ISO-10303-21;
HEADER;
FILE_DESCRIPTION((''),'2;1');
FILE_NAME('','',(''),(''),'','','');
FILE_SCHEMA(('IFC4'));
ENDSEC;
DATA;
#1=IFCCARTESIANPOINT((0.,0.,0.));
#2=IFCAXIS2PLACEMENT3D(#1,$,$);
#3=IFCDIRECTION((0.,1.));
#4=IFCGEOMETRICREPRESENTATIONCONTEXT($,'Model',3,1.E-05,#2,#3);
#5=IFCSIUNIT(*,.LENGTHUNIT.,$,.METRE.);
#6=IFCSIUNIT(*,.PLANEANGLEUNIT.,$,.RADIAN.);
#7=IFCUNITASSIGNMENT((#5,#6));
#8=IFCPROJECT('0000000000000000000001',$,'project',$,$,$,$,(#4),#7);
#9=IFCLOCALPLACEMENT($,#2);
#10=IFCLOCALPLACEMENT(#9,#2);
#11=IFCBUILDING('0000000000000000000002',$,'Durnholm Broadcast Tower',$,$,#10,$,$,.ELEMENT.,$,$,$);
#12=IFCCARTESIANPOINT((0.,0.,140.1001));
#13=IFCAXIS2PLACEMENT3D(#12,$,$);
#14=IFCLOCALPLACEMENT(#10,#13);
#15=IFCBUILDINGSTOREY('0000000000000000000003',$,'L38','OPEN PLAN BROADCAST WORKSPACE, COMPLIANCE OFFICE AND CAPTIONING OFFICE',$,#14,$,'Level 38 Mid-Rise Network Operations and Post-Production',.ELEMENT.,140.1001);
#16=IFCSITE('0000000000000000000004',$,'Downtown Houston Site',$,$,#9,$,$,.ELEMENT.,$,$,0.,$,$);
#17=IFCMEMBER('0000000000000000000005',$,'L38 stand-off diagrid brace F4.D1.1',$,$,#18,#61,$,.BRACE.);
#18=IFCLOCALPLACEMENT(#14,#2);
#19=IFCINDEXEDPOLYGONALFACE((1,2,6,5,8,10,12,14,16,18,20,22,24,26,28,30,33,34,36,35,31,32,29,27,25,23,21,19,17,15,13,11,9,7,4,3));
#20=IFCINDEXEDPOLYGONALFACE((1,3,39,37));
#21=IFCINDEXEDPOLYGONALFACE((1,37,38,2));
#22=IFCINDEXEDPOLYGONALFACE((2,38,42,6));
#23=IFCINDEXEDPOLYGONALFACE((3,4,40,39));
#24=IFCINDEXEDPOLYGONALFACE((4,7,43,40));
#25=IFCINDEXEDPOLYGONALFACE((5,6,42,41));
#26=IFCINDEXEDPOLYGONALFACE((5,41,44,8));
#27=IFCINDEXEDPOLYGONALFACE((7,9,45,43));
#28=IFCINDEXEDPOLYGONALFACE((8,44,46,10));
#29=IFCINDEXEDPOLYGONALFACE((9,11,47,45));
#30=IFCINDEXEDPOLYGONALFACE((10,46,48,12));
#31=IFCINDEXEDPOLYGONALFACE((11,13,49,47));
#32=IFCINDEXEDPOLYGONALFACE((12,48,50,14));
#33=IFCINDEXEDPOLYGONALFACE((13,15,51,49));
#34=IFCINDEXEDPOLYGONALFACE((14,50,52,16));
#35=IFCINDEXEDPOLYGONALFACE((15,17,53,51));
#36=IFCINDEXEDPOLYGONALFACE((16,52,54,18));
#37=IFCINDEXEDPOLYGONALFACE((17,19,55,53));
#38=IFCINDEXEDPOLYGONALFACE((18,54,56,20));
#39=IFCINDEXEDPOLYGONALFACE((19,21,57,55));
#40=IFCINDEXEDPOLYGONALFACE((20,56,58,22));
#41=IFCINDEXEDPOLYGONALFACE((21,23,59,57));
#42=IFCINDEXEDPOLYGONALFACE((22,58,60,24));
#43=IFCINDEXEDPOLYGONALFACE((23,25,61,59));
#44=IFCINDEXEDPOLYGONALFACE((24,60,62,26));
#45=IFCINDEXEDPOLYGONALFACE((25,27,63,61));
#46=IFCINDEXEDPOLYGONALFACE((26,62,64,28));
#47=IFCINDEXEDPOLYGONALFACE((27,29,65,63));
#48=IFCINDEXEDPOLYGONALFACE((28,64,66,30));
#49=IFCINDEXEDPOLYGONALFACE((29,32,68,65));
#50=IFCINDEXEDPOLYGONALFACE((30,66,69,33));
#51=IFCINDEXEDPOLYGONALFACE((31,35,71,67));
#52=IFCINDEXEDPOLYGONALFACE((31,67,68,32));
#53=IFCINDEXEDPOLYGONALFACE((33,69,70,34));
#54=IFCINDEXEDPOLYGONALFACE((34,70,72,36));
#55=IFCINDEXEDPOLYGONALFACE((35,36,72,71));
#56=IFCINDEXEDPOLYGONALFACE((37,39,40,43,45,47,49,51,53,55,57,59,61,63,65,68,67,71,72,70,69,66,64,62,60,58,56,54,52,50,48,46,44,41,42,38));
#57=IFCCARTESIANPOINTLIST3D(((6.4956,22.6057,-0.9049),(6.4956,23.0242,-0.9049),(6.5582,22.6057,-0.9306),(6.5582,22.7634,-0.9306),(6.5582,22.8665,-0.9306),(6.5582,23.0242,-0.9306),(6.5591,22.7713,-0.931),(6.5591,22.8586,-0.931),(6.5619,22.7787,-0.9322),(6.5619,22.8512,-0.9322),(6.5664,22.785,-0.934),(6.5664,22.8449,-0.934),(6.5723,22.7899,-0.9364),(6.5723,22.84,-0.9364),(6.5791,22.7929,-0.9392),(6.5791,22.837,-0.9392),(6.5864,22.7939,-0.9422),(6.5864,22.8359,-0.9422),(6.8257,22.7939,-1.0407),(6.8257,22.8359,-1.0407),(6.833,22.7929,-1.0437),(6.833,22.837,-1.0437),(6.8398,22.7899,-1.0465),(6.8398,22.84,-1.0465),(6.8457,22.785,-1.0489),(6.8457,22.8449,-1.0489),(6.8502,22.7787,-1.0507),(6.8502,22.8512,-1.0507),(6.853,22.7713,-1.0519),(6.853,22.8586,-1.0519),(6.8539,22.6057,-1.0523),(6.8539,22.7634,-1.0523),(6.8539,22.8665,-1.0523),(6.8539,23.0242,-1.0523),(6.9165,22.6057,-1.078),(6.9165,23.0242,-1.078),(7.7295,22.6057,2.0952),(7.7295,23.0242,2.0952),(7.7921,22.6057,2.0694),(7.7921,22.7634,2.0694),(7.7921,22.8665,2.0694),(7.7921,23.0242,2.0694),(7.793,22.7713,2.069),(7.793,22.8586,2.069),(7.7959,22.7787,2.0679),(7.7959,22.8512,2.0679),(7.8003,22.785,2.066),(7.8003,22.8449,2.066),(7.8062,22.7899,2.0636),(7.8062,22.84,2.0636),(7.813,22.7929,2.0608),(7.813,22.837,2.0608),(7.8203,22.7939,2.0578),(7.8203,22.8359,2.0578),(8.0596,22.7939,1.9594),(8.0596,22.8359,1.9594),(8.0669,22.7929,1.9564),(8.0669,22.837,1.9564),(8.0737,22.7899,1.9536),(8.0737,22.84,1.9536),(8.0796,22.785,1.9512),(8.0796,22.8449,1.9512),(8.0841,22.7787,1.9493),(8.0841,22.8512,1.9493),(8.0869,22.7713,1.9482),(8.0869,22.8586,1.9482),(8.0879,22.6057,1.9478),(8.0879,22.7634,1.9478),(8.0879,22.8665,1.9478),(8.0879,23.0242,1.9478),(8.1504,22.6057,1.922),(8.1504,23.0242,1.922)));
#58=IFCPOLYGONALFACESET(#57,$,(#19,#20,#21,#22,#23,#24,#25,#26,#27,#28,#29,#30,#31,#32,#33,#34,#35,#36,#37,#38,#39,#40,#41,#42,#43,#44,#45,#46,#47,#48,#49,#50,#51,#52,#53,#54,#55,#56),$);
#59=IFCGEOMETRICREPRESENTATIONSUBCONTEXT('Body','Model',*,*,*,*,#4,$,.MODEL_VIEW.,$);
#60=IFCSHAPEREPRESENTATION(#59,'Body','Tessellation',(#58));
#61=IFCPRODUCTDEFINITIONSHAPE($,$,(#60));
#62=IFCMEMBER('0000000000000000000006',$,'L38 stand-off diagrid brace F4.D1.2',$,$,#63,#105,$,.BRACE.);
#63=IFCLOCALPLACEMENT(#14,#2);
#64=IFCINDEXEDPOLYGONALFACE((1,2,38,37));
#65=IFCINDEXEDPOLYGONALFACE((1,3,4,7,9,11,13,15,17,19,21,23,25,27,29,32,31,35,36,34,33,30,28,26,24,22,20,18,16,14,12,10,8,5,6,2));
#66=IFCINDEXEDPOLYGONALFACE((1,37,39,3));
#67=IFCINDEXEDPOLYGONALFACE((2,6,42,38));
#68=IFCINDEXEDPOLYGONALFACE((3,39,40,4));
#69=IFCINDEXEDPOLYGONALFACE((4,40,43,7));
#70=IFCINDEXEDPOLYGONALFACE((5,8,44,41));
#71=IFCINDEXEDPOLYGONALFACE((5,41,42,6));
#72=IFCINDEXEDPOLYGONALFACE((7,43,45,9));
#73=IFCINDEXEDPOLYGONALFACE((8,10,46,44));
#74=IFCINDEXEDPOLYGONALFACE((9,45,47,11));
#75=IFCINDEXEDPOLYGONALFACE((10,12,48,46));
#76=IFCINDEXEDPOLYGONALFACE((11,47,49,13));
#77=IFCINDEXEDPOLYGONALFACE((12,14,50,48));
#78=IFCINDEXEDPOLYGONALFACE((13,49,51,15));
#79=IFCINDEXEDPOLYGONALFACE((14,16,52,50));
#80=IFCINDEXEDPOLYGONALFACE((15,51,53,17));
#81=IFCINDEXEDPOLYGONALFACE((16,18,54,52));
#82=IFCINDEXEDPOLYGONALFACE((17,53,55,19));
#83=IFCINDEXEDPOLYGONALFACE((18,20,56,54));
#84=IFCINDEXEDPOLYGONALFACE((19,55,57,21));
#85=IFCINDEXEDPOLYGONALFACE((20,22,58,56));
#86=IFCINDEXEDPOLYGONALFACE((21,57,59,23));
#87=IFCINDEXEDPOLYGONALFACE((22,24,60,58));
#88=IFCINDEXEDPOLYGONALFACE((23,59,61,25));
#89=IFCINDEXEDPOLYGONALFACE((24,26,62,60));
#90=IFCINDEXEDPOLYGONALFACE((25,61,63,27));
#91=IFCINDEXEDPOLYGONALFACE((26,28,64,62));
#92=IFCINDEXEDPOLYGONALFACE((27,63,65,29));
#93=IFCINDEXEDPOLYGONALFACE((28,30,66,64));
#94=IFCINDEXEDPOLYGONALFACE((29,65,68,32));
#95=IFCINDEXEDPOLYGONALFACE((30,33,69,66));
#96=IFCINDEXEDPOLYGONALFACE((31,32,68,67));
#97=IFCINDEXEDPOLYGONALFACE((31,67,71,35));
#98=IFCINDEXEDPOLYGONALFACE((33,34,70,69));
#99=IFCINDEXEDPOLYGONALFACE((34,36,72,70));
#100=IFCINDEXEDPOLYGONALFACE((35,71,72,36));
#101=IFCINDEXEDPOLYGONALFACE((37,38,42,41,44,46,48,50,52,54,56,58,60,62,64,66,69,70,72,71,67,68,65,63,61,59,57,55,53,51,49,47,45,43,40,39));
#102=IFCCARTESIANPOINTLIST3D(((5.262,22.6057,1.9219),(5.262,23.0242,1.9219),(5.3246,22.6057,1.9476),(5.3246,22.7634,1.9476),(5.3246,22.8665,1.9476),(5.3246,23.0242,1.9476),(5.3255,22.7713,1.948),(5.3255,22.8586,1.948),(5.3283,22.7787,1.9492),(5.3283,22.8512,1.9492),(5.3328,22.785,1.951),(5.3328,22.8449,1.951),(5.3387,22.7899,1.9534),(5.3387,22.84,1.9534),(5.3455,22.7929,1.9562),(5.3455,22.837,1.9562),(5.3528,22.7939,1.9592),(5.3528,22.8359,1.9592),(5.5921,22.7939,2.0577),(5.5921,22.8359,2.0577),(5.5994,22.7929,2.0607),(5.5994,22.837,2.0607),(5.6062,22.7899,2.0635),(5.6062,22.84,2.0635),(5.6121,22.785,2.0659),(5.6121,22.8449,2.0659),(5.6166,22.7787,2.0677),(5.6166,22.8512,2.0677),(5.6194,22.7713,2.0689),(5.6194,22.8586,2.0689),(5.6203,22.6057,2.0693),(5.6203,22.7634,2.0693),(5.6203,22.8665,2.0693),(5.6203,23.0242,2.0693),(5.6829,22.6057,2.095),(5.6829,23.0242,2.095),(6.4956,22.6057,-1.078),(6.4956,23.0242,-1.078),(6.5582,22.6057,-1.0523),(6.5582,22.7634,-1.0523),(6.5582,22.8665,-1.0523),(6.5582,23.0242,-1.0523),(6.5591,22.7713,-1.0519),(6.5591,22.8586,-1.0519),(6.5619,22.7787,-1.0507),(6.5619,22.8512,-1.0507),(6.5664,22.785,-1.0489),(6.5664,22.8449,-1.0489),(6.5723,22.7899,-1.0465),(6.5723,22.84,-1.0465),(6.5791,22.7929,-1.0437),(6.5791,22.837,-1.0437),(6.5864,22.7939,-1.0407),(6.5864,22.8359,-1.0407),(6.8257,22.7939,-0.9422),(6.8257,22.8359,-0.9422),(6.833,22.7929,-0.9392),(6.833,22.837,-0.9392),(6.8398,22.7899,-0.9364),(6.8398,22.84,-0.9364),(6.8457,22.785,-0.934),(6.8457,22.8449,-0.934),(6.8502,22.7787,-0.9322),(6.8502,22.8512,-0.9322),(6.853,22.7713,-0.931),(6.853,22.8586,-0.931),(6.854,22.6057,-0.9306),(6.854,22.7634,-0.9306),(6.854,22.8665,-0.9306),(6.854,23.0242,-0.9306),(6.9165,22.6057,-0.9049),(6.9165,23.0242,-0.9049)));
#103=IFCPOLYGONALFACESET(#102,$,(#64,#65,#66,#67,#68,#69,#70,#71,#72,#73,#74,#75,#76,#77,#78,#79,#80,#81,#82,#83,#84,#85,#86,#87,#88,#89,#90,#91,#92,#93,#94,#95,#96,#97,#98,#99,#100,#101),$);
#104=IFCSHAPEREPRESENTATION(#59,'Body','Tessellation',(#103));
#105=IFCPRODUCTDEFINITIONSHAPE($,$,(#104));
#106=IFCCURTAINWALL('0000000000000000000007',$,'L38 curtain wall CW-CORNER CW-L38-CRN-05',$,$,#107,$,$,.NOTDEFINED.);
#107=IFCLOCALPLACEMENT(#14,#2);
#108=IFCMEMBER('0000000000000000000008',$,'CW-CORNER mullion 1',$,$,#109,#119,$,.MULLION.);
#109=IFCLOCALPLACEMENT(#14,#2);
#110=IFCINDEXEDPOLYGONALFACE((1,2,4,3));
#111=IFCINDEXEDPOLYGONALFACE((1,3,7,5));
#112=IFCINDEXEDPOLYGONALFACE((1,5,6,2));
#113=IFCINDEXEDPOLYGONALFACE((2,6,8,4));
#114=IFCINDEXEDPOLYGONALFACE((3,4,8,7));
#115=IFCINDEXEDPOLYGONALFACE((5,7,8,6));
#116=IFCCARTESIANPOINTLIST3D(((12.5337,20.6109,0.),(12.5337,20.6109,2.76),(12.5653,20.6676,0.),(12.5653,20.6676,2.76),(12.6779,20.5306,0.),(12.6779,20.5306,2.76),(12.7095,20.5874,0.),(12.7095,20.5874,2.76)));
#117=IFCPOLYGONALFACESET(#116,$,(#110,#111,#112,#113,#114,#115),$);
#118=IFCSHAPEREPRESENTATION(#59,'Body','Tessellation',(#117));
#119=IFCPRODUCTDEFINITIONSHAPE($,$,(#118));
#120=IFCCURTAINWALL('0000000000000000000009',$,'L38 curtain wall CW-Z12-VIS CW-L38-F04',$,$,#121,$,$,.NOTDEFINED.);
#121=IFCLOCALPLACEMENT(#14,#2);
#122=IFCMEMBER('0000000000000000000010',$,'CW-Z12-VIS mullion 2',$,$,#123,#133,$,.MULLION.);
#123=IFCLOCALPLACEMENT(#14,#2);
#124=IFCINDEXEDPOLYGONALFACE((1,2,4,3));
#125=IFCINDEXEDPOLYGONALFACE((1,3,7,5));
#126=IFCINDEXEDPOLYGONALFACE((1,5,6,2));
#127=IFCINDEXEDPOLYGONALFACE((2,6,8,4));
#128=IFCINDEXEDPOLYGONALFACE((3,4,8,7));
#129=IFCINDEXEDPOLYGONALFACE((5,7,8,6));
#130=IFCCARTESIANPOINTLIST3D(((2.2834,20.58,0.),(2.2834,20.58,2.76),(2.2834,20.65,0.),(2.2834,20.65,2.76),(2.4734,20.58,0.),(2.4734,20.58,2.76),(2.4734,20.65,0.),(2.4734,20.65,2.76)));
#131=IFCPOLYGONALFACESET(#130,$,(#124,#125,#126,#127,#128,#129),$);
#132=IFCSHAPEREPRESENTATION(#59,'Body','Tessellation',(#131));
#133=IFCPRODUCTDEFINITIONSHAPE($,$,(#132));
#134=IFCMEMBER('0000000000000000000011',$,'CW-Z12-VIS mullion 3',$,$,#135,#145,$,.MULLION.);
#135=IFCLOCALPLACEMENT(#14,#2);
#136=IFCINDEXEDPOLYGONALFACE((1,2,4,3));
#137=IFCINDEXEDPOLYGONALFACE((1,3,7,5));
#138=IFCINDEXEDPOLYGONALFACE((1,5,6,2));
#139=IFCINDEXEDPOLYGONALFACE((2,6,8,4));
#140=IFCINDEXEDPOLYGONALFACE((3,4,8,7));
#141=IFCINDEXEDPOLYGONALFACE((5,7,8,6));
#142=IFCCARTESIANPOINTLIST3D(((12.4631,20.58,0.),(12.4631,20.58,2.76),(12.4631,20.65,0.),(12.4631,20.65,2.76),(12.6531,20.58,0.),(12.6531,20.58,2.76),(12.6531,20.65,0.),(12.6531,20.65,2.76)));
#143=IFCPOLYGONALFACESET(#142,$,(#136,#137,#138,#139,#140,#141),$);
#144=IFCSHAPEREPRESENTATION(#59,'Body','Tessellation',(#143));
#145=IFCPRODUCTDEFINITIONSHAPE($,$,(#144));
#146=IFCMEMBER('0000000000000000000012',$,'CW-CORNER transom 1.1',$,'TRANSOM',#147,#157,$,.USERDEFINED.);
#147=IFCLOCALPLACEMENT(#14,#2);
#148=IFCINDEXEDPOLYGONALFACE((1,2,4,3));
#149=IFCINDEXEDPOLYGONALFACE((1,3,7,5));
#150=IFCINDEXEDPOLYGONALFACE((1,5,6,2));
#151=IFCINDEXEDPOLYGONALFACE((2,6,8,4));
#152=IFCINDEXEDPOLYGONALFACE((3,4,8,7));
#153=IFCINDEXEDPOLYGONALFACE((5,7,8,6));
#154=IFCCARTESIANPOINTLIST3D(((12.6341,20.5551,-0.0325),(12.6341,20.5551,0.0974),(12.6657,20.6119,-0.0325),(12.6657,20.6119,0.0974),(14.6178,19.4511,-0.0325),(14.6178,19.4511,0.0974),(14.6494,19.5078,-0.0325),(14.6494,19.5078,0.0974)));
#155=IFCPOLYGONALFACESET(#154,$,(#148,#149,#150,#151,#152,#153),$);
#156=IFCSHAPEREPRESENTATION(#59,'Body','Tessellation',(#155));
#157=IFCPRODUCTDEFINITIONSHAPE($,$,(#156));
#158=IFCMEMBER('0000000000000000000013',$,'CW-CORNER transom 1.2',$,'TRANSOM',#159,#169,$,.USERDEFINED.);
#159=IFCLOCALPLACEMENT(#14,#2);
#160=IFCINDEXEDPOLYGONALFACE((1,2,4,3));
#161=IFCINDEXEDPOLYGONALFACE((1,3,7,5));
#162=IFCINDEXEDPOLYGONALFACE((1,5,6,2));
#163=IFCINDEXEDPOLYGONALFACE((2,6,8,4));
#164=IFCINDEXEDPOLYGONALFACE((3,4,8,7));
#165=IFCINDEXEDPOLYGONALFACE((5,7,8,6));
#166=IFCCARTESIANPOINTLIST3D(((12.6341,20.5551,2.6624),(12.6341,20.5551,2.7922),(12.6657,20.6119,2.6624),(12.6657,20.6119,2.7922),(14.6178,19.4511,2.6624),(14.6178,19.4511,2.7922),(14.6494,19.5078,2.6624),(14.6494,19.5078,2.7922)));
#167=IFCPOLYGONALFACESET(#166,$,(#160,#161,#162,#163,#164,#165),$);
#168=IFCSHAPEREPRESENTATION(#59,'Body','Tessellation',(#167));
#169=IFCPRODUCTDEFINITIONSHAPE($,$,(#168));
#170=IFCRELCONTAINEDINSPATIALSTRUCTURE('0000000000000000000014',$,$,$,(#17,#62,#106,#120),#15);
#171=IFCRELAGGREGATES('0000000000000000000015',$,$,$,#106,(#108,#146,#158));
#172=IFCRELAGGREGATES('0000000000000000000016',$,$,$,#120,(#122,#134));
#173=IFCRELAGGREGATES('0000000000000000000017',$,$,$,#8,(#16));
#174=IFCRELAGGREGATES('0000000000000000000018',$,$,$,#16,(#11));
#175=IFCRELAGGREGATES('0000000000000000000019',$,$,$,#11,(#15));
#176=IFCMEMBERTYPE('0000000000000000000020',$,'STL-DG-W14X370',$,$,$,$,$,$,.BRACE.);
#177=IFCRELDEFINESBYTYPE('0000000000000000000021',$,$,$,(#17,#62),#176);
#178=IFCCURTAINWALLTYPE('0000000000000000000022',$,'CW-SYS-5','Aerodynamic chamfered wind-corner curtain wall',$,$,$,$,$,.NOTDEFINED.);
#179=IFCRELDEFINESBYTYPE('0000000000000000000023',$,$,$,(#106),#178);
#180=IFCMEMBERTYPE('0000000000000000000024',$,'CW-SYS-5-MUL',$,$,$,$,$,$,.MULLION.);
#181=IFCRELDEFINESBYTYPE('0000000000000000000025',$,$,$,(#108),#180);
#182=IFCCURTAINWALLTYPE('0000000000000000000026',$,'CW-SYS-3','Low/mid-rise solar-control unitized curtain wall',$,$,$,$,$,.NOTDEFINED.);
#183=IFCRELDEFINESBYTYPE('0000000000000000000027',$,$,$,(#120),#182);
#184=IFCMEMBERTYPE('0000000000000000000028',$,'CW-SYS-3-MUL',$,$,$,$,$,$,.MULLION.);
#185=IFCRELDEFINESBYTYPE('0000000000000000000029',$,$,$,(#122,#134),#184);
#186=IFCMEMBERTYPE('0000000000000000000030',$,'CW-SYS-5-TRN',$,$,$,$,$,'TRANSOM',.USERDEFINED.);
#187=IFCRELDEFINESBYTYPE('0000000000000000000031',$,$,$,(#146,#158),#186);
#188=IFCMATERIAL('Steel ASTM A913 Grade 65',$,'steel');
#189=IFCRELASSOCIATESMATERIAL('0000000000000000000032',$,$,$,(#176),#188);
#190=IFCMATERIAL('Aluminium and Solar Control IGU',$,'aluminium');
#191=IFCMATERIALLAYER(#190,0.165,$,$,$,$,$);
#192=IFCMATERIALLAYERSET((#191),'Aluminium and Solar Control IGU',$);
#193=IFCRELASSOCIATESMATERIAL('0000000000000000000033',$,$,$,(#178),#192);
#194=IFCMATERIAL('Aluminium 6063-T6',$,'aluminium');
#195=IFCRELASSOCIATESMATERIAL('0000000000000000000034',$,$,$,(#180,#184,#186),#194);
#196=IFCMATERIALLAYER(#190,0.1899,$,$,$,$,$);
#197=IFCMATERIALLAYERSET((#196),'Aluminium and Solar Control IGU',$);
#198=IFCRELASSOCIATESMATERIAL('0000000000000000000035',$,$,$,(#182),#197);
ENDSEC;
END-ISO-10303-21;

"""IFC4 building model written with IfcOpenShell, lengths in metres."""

from ifc_helpers import new_model, si_unit, direction, frame, origin, origin_2d, place, context, subcontext, project, spatial, rectangle, i_section, extrude, source, transform, mapped, material, layer, layer_set, material_profile, profile_set, type_object, type_shapes, element, aggregate, save


model = new_model("IFC4")

# Units and contexts
model_context = context("Model", 3, precision=1e-05, world=origin(), true_north=direction((0.0, 1.0)))
body_context = subcontext(model_context, "Body", "Model", "MODEL_VIEW")
ifc_project = project(units=[si_unit("LENGTHUNIT", "METRE"), si_unit("PLANEANGLEUNIT", "RADIAN")], contexts=[model_context])

# Site, building, storey
site_placement = place(None, origin())
site = spatial("IfcSite", under=ifc_project, at=site_placement, Name="Downtown Houston Site", CompositionType="ELEMENT", RefElevation=0.0)
building_placement = place(site_placement, origin())
building = spatial("IfcBuilding", under=site, at=building_placement, Name="Durnholm Broadcast Tower", CompositionType="ELEMENT")
storey_placement = place(building_placement, frame((0.0, 0.0, 140.1001)))
storey = spatial("IfcBuildingStorey", under=building, at=storey_placement, Name="L38", Description="OPEN PLAN BROADCAST WORKSPACE, COMPLIANCE OFFICE AND CAPTIONING OFFICE", LongName="Level 38 Mid-Rise Network Operations and Post-Production", CompositionType="ELEMENT", Elevation=140.1001)

# Members
ifc_material_1 = material(Name="Steel ASTM A913 Grade 65", Category="steel")
ifc_material_profile_1 = material_profile(ifc_material_1, i_section(OverallWidth=0.4185, OverallDepth=0.4551, WebThickness=0.042, FlangeThickness=0.0676, FilletRadius=0.0305, at=origin_2d()), Name="W14X370")
ifc_profile_set_1 = profile_set([ifc_material_profile_1], Name="Steel ASTM A913 Grade 65")
member_type_1 = type_object("IfcMemberType", Name="STL-DG-W14X370", PredefinedType="BRACE", material=ifc_profile_set_1)
shared_shape_1 = source(origin(), body_context, "Body", "SweptSolid", [
    extrude(i_section(OverallWidth=0.4185, OverallDepth=0.4551, WebThickness=0.042, FlangeThickness=0.0676, FilletRadius=0.0305, at=origin_2d()), origin(), (0.0, 0.0, 1.0), 3.2439),
])
member_1_placement = place(storey_placement, frame((6.7061, 22.8149, -0.9915), z_axis=(0.380379, 0.0, 0.924831), x_axis=(0.0, 1.0, 0.0)))
element("IfcMember", 1, at=member_1_placement, inside=storey, type_object=member_type_1, Name="L38 stand-off diagrid brace F4.D1.1", PredefinedType="BRACE", context=body_context, shape_type="MappedRepresentation", body=[
    mapped(shared_shape_1, transform((0.0, 0.0, 0.0), x_axis=(1.0, 0.0, 0.0), y_axis=(0.0, 1.0, 0.0), z_axis=(0.0, 0.0, 1.0), scale=1.0)),
])
shared_shape_2 = source(origin(), body_context, "Body", "SweptSolid", [
    extrude(i_section(OverallWidth=0.4185, OverallDepth=0.4551, WebThickness=0.042, FlangeThickness=0.0676, FilletRadius=0.0305, at=origin_2d()), origin(), (0.0, 0.0, 1.0), 3.2437),
])
type_shapes(member_type_1, [shared_shape_1, shared_shape_2])
member_2_placement = place(storey_placement, frame((6.7061, 22.8149, -0.9915), z_axis=(-0.380314, 0.0, 0.924857), x_axis=(0.0, -1.0, 0.0)))
element("IfcMember", 2, at=member_2_placement, inside=storey, type_object=member_type_1, Name="L38 stand-off diagrid brace F4.D1.2", PredefinedType="BRACE", context=body_context, shape_type="MappedRepresentation", body=[
    mapped(shared_shape_2, transform((0.0, 0.0, 0.0), x_axis=(1.0, 0.0, 0.0), y_axis=(0.0, 1.0, 0.0), z_axis=(0.0, 0.0, 1.0), scale=1.0)),
])

# Curtain wall, member
ifc_material_2 = material(Name="Aluminium and Solar Control IGU", Category="aluminium")
ifc_layer_1 = layer(ifc_material_2, 0.165)
ifc_layer_set_1 = layer_set([ifc_layer_1], Name="Aluminium and Solar Control IGU")
curtain_wall_type_1 = type_object("IfcCurtainWallType", Name="CW-SYS-5", Description="Aerodynamic chamfered wind-corner curtain wall", PredefinedType="NOTDEFINED", material=ifc_layer_set_1)
curtain_wall_1_placement = place(storey_placement, origin())
curtain_wall_1 = element("IfcCurtainWall", 3, at=curtain_wall_1_placement, inside=storey, type_object=curtain_wall_type_1, Name="L38 curtain wall CW-CORNER CW-L38-CRN-05", PredefinedType="NOTDEFINED")
ifc_material_3 = material(Name="Aluminium 6063-T6", Category="aluminium")
ifc_material_profile_2 = material_profile(ifc_material_3, rectangle(XDim=0.0649, YDim=0.165, at=origin_2d()), Name="CWM65X165")
ifc_profile_set_2 = profile_set([ifc_material_profile_2], Name="Aluminium 6063-T6")
member_type_2 = type_object("IfcMemberType", Name="CW-SYS-5-MUL", PredefinedType="MULLION", material=ifc_profile_set_2)
shared_shape_3 = source(origin(), body_context, "Body", "SweptSolid", [
    extrude(rectangle(XDim=0.0649, YDim=0.165, at=origin_2d()), origin(), (0.0, 0.0, 1.0), 2.76),
])
type_shapes(member_type_2, [shared_shape_3])
member_3_placement = place(storey_placement, frame((12.6216, 20.5991, 0.0), z_axis=(0.0, 0.0, 1.0), x_axis=(0.486244, 0.873823, 0.0)))
member_3 = element("IfcMember", 4, at=member_3_placement, type_object=member_type_2, Name="CW-CORNER mullion 1", PredefinedType="MULLION", context=body_context, shape_type="MappedRepresentation", body=[
    mapped(shared_shape_3, transform((0.0, 0.0, 0.0), x_axis=(1.0, 0.0, 0.0), y_axis=(0.0, 1.0, 0.0), z_axis=(0.0, 0.0, 1.0), scale=1.0)),
])

# Curtain wall, members
ifc_layer_2 = layer(ifc_material_2, 0.1899)
ifc_layer_set_2 = layer_set([ifc_layer_2], Name="Aluminium and Solar Control IGU")
curtain_wall_type_2 = type_object("IfcCurtainWallType", Name="CW-SYS-3", Description="Low/mid-rise solar-control unitized curtain wall", PredefinedType="NOTDEFINED", material=ifc_layer_set_2)
curtain_wall_2_placement = place(storey_placement, origin())
curtain_wall_2 = element("IfcCurtainWall", 5, at=curtain_wall_2_placement, inside=storey, type_object=curtain_wall_type_2, Name="L38 curtain wall CW-Z12-VIS CW-L38-F04", PredefinedType="NOTDEFINED")
ifc_material_profile_3 = material_profile(ifc_material_3, rectangle(XDim=0.0701, YDim=0.1899, at=origin_2d()), Name="CWM70X190")
ifc_profile_set_3 = profile_set([ifc_material_profile_3], Name="Aluminium 6063-T6")
member_type_3 = type_object("IfcMemberType", Name="CW-SYS-3-MUL", PredefinedType="MULLION", material=ifc_profile_set_3)
shared_shape_4 = source(origin(), body_context, "Body", "SweptSolid", [
    extrude(rectangle(XDim=0.0701, YDim=0.1899, at=origin_2d()), origin(), (0.0, 0.0, 1.0), 2.76),
])
type_shapes(member_type_3, [shared_shape_4])
member_4_placement = place(storey_placement, frame((2.3784, 20.615, 0.0), z_axis=(0.0, 0.0, 1.0), x_axis=(0.0, 1.0, 0.0)))
member_4 = element("IfcMember", 6, at=member_4_placement, type_object=member_type_3, Name="CW-Z12-VIS mullion 2", PredefinedType="MULLION", context=body_context, shape_type="MappedRepresentation", body=[
    mapped(shared_shape_4, transform((0.0, 0.0, 0.0), x_axis=(1.0, 0.0, 0.0), y_axis=(0.0, 1.0, 0.0), z_axis=(0.0, 0.0, 1.0), scale=1.0)),
])
member_5_placement = place(storey_placement, frame((12.5581, 20.615, 0.0), z_axis=(0.0, 0.0, 1.0), x_axis=(0.0, 1.0, 0.0)))
member_5 = element("IfcMember", 7, at=member_5_placement, type_object=member_type_3, Name="CW-Z12-VIS mullion 3", PredefinedType="MULLION", context=body_context, shape_type="MappedRepresentation", body=[
    mapped(shared_shape_4, transform((0.0, 0.0, 0.0), x_axis=(1.0, 0.0, 0.0), y_axis=(0.0, 1.0, 0.0), z_axis=(0.0, 0.0, 1.0), scale=1.0)),
])

# Members
ifc_material_profile_4 = material_profile(ifc_material_3, rectangle(XDim=0.0649, YDim=0.1299, at=origin_2d()), Name="CWT65X130")
ifc_profile_set_4 = profile_set([ifc_material_profile_4], Name="Aluminium 6063-T6")
member_type_4 = type_object("IfcMemberType", Name="CW-SYS-5-TRN", ElementType="TRANSOM", PredefinedType="USERDEFINED", material=ifc_profile_set_4)
shared_shape_5 = source(origin(), body_context, "Body", "SweptSolid", [
    extrude(rectangle(XDim=0.0649, YDim=0.1299, at=origin_2d()), origin(), (0.0, 0.0, 1.0), 2.2703),
])
type_shapes(member_type_4, [shared_shape_5])
member_6_placement = place(storey_placement, frame((12.6499, 20.5835, 0.0325), z_axis=(0.873787, -0.486309, 0.0), x_axis=(0.486309, 0.873787, 0.0)))
member_6 = element("IfcMember", 8, at=member_6_placement, type_object=member_type_4, Name="CW-CORNER transom 1.1", ObjectType="TRANSOM", PredefinedType="USERDEFINED", context=body_context, shape_type="MappedRepresentation", body=[
    mapped(shared_shape_5, transform((0.0, 0.0, 0.0), x_axis=(1.0, 0.0, 0.0), y_axis=(0.0, 1.0, 0.0), z_axis=(0.0, 0.0, 1.0), scale=1.0)),
])
member_7_placement = place(storey_placement, frame((12.6499, 20.5835, 2.7273), z_axis=(0.873787, -0.486309, 0.0), x_axis=(0.486309, 0.873787, 0.0)))
member_7 = element("IfcMember", 9, at=member_7_placement, type_object=member_type_4, Name="CW-CORNER transom 1.2", ObjectType="TRANSOM", PredefinedType="USERDEFINED", context=body_context, shape_type="MappedRepresentation", body=[
    mapped(shared_shape_5, transform((0.0, 0.0, 0.0), x_axis=(1.0, 0.0, 0.0), y_axis=(0.0, 1.0, 0.0), z_axis=(0.0, 0.0, 1.0), scale=1.0)),
])
aggregate(curtain_wall_1, [member_3, member_6, member_7])

aggregate(curtain_wall_2, [member_4, member_5])

save(model, "model.ifc")
